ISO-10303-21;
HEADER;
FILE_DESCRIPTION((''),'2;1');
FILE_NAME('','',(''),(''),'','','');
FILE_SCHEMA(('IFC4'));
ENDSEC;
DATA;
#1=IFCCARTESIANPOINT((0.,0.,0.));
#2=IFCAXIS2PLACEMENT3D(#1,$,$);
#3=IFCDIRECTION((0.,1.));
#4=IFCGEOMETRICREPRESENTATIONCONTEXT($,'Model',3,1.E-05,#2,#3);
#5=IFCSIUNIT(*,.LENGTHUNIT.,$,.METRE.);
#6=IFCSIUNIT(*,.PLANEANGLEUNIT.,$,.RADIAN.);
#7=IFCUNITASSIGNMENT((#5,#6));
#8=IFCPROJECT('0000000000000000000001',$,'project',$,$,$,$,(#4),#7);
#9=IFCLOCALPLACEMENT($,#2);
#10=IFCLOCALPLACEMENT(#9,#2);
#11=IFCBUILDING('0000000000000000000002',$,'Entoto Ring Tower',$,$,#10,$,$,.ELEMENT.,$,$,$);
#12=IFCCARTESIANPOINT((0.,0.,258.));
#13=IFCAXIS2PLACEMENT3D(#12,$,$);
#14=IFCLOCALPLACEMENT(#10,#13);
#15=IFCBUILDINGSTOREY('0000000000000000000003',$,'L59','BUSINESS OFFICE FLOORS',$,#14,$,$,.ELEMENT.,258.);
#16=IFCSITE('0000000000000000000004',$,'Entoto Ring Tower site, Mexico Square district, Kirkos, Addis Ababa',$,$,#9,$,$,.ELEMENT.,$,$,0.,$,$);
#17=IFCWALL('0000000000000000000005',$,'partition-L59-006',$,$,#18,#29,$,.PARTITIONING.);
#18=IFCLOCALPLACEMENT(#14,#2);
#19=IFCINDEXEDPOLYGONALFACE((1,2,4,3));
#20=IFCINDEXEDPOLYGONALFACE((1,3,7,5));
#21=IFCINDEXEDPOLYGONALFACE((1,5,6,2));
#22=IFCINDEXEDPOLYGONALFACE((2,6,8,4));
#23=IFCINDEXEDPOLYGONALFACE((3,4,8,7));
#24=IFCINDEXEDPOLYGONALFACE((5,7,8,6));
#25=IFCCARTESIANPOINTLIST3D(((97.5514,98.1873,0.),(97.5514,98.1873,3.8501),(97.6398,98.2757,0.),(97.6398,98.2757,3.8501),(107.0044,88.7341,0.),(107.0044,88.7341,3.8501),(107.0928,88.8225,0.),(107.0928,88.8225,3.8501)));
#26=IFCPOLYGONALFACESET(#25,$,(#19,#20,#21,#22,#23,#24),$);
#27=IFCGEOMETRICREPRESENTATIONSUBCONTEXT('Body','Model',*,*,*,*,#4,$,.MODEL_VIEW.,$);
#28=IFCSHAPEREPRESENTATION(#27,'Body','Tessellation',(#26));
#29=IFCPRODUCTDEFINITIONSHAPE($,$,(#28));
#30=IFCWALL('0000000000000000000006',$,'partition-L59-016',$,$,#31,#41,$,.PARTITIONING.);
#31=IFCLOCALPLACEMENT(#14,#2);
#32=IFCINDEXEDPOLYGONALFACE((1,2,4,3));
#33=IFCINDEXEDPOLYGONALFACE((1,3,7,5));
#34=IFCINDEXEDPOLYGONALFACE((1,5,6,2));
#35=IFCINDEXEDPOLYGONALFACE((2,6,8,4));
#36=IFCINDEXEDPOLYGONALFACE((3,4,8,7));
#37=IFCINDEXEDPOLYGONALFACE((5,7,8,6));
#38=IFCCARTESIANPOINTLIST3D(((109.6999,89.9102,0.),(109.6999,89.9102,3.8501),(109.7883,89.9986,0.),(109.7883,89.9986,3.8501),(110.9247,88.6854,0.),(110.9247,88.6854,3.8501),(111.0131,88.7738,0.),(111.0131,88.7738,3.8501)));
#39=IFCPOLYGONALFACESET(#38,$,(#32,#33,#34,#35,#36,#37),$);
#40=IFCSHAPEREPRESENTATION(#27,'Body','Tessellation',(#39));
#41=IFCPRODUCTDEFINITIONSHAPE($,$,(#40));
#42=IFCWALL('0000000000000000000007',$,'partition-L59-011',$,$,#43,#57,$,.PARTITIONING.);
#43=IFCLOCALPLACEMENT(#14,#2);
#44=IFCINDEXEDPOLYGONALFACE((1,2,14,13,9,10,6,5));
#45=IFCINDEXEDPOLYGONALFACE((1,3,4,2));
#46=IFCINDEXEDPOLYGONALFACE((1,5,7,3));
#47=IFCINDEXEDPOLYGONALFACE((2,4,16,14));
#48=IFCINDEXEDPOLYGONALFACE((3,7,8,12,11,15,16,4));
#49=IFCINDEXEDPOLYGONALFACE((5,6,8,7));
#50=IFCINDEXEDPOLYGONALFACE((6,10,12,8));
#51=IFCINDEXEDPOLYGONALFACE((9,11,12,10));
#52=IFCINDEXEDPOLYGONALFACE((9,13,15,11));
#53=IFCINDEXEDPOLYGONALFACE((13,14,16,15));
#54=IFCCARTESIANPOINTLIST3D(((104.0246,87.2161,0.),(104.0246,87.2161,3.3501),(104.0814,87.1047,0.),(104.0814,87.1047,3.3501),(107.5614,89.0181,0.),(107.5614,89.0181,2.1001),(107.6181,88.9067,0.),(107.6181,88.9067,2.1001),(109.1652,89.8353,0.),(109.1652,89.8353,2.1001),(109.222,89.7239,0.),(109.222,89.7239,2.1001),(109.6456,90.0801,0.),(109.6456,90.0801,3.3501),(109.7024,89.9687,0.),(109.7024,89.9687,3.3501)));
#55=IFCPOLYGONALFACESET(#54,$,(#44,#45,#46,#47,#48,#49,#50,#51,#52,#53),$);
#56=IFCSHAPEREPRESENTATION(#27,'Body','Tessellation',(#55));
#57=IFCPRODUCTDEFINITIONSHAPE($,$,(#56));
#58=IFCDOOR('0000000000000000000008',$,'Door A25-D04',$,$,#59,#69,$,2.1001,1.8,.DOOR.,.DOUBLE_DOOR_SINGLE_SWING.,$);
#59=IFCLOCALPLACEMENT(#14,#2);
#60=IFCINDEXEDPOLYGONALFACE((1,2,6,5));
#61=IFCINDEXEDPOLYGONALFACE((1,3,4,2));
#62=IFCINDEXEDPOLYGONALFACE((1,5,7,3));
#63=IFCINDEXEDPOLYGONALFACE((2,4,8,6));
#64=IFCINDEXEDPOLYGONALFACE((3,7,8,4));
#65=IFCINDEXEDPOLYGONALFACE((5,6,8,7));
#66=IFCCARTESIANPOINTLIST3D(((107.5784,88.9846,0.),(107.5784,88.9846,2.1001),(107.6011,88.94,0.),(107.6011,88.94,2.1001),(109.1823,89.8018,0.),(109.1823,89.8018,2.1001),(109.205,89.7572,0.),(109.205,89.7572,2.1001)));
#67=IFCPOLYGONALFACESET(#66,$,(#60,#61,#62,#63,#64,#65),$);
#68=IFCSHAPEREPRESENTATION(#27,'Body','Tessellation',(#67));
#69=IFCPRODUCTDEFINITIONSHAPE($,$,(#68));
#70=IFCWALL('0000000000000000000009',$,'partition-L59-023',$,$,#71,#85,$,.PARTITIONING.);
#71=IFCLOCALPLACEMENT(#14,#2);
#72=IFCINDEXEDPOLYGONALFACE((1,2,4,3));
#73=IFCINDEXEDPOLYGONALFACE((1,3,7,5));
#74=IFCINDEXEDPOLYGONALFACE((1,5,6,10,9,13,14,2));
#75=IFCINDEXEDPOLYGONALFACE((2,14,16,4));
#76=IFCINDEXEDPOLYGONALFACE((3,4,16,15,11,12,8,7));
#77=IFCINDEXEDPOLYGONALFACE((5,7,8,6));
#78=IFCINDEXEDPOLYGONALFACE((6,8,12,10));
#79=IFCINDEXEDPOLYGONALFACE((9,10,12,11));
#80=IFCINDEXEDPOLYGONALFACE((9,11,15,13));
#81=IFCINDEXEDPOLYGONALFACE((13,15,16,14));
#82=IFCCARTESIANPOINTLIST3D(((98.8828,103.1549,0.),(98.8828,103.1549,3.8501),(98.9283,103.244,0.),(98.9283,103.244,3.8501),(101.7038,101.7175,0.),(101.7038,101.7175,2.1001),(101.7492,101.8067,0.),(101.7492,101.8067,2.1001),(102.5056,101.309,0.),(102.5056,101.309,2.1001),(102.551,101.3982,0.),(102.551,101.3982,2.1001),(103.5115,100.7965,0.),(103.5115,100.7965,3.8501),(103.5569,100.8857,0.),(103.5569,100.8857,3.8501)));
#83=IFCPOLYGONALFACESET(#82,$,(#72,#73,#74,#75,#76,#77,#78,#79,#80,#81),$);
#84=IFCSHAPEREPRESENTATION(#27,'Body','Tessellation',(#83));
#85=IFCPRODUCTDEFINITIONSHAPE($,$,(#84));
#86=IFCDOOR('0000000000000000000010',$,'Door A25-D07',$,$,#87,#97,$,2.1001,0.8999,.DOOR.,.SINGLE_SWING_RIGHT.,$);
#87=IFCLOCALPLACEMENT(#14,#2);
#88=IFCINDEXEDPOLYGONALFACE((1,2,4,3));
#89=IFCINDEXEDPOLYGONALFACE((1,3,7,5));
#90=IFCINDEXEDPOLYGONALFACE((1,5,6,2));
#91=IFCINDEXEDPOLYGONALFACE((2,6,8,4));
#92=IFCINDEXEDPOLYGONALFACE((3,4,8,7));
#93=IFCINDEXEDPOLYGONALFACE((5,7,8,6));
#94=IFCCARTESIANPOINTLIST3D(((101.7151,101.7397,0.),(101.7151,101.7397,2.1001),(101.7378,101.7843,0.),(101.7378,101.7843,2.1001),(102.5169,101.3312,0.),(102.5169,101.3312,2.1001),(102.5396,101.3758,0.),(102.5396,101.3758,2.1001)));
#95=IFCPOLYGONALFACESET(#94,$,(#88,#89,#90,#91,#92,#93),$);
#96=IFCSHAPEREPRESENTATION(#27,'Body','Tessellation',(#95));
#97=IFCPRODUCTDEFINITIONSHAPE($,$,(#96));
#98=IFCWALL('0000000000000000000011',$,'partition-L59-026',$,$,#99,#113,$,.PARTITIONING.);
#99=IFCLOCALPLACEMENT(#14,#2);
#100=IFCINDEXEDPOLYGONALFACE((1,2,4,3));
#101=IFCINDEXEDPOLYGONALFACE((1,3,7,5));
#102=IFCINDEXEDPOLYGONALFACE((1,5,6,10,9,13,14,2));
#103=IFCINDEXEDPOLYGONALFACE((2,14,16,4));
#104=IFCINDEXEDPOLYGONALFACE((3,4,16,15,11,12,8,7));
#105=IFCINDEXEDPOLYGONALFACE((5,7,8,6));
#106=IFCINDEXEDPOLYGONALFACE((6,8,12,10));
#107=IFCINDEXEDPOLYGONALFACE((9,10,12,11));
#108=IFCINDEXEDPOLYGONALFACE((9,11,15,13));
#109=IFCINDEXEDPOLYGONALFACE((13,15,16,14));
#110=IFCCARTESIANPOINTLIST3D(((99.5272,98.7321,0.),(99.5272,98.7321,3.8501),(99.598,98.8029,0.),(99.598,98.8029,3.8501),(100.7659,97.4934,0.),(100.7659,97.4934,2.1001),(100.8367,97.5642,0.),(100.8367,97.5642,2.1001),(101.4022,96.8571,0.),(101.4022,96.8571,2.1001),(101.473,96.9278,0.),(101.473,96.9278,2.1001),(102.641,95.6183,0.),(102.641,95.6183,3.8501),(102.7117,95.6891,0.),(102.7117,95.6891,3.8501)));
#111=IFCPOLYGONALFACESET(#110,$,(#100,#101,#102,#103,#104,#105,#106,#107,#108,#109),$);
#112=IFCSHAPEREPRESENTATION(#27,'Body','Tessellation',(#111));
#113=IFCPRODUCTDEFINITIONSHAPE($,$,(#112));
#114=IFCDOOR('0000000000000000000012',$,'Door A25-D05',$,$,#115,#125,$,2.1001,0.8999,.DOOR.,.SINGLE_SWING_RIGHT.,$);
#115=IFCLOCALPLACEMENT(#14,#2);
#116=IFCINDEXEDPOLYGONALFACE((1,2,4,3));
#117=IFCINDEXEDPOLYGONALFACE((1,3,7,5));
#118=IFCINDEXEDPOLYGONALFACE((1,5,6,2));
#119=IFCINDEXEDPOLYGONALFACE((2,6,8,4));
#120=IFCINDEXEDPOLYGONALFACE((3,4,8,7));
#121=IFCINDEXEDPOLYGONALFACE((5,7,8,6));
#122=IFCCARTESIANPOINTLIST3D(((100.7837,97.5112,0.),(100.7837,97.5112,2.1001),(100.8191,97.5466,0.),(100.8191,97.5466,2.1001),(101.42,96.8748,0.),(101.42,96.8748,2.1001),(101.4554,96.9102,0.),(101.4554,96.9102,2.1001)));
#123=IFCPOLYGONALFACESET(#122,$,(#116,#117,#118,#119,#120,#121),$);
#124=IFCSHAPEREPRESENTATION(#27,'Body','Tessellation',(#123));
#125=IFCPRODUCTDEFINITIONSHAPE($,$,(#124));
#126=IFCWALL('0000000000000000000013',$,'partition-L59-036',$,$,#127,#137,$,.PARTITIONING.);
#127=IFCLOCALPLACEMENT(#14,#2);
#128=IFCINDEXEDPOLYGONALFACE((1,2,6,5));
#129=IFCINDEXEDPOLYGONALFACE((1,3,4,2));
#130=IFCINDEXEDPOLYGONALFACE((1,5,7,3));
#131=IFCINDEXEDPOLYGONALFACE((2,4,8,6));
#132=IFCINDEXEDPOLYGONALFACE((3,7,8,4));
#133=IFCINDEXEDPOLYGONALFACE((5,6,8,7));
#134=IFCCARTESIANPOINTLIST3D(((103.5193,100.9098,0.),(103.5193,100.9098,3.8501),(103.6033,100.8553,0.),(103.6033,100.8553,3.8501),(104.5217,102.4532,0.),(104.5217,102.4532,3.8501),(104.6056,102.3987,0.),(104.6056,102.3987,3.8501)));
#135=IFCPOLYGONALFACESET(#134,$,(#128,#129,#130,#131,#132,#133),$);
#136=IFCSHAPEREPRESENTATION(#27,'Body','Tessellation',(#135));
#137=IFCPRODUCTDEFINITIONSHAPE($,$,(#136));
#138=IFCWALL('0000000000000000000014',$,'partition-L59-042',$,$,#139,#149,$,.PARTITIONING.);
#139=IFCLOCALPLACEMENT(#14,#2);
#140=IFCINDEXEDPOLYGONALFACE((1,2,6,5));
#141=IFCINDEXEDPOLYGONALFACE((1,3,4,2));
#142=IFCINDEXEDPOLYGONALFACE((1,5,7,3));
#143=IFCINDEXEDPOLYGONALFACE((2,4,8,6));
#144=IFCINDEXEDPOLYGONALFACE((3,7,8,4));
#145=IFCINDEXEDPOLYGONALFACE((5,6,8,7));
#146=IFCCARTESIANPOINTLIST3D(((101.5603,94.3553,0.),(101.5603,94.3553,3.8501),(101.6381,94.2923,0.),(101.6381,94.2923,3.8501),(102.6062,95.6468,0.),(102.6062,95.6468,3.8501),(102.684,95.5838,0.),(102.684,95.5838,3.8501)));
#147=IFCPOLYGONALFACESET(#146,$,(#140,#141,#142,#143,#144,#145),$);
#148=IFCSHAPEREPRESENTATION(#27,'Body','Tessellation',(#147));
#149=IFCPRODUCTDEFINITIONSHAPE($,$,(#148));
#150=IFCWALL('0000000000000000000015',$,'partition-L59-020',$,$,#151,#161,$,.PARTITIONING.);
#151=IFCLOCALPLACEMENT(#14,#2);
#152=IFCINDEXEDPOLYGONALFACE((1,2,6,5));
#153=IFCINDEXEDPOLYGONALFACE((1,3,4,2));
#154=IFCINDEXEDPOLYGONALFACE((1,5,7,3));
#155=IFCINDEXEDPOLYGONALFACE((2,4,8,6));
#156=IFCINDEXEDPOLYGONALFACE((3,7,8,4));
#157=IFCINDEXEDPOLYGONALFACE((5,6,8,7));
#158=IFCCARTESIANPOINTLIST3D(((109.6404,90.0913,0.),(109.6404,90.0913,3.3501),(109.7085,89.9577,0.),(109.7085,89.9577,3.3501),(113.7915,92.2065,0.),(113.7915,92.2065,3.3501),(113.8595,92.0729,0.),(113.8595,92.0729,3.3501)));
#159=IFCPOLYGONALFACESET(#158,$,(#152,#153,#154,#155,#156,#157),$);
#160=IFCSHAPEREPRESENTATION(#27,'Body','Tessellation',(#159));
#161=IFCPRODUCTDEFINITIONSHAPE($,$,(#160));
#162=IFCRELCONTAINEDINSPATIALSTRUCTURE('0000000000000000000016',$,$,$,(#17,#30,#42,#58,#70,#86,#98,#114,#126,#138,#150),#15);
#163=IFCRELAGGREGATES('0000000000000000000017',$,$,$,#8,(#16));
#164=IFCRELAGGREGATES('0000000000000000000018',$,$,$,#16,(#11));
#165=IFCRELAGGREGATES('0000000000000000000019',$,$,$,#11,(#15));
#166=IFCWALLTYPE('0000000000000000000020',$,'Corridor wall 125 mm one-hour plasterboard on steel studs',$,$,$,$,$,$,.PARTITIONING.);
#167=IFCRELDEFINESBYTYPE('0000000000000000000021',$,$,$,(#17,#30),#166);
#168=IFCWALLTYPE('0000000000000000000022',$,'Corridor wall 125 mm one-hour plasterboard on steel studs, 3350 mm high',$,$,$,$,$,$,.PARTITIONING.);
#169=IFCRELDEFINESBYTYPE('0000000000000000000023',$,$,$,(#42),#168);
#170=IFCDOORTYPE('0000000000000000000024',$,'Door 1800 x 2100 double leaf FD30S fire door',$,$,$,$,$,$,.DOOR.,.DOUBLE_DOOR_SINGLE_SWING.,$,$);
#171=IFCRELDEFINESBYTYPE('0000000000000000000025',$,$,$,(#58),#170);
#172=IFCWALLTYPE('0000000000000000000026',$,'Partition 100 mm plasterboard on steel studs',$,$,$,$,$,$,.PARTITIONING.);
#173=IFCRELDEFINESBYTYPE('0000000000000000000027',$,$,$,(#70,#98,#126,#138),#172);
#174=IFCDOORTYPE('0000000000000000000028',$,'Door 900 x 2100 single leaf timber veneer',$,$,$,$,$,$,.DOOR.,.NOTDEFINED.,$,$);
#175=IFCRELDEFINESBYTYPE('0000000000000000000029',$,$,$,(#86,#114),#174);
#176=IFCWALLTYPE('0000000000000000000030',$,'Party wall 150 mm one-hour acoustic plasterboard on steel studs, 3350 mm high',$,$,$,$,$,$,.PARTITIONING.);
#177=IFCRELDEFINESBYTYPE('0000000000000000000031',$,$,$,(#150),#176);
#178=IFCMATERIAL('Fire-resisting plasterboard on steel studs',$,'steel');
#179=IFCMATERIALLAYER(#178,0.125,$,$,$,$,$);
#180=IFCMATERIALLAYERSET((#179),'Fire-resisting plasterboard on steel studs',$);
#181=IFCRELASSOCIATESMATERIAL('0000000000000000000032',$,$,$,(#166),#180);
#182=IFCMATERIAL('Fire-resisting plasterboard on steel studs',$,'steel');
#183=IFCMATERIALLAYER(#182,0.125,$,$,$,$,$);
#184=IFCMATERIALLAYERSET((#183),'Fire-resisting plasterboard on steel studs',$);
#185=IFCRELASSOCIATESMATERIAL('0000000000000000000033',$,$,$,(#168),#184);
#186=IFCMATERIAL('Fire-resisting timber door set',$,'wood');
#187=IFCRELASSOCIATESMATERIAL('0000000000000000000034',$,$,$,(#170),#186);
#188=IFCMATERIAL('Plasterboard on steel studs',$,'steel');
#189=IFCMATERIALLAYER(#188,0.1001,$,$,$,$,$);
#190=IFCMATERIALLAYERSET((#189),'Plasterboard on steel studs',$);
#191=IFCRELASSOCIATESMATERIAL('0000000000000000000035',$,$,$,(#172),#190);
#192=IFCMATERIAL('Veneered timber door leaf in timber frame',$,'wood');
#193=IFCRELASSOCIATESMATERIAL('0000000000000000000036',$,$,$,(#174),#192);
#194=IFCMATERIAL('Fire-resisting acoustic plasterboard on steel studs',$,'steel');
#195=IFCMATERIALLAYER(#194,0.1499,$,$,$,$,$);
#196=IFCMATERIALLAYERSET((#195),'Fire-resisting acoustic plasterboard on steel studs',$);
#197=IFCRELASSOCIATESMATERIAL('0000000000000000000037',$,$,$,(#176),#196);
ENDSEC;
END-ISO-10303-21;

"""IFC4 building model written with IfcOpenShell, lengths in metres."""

from ifc_helpers import new_model, si_unit, direction, frame, frame_2d, origin, place, context, subcontext, project, spatial, rectangle, extrude, material, layer, layer_set, type_object, element, fill, save


model = new_model("IFC4")

# Units and contexts
model_context = context("Model", 3, precision=1e-05, world=origin(), true_north=direction((0.0, 1.0)))
body_context = subcontext(model_context, "Body", "Model", "MODEL_VIEW")
ifc_project = project(units=[si_unit("LENGTHUNIT", "METRE"), si_unit("PLANEANGLEUNIT", "RADIAN")], contexts=[model_context])

# Site, building, storey
site_placement = place(None, origin())
site = spatial("IfcSite", under=ifc_project, at=site_placement, Name="Entoto Ring Tower site, Mexico Square district, Kirkos, Addis Ababa", CompositionType="ELEMENT", RefElevation=0.0)
building_placement = place(site_placement, origin())
building = spatial("IfcBuilding", under=site, at=building_placement, Name="Entoto Ring Tower", CompositionType="ELEMENT")
storey_placement = place(building_placement, frame((0.0, 0.0, 258.0)))
storey = spatial("IfcBuildingStorey", under=building, at=storey_placement, Name="L59", Description="BUSINESS OFFICE FLOORS", CompositionType="ELEMENT", Elevation=258.0)

# Walls
ifc_material_1 = material(Name="Fire-resisting plasterboard on steel studs", Category="steel")
ifc_layer_1 = layer(ifc_material_1, 0.125)
ifc_layer_set_1 = layer_set([ifc_layer_1], Name="Fire-resisting plasterboard on steel studs")
wall_type_1 = type_object("IfcWallType", Name="Corridor wall 125 mm one-hour plasterboard on steel studs", PredefinedType="PARTITIONING", material=ifc_layer_set_1)
wall_1_placement = place(storey_placement, frame((107.0486, 88.7783, 0.0), z_axis=(0.0, 0.0, 1.0), x_axis=(-0.707098, 0.707116, 0.0)))
element("IfcWall", 1, at=wall_1_placement, inside=storey, type_object=wall_type_1, Name="partition-L59-006", PredefinedType="PARTITIONING", context=body_context, shape_type="SweptSolid", body=[
    extrude(rectangle(XDim=13.3687, YDim=0.125, at=frame_2d((6.6843, 0.0))), origin(), (0.0, 0.0, 1.0), 3.8501),
])
wall_2_placement = place(storey_placement, frame((110.969, 88.7295, 0.0), z_axis=(0.0, 0.0, 1.0), x_axis=(-0.707107, 0.707107, 0.0)))
element("IfcWall", 2, at=wall_2_placement, inside=storey, type_object=wall_type_1, Name="partition-L59-016", PredefinedType="PARTITIONING", context=body_context, shape_type="SweptSolid", body=[
    extrude(rectangle(XDim=1.7322, YDim=0.125, at=frame_2d((0.8662, 0.0))), origin(), (0.0, 0.0, 1.0), 3.8501),
])

# Walls, openings, doors
ifc_material_2 = material(Name="Fire-resisting plasterboard on steel studs", Category="steel")
ifc_layer_2 = layer(ifc_material_2, 0.125)
ifc_layer_set_2 = layer_set([ifc_layer_2], Name="Fire-resisting plasterboard on steel studs")
wall_type_2 = type_object("IfcWallType", Name="Corridor wall 125 mm one-hour plasterboard on steel studs, 3350 mm high", PredefinedType="PARTITIONING", material=ifc_layer_set_2)
wall_3_placement = place(storey_placement, frame((104.053, 87.1604, 0.0), z_axis=(0.0, 0.0, 1.0), x_axis=(0.891011, 0.453981, 0.0)))
wall_3 = element("IfcWall", 3, at=wall_3_placement, inside=storey, type_object=wall_type_2, Name="partition-L59-011", PredefinedType="PARTITIONING", context=body_context, shape_type="SweptSolid", body=[
    extrude(rectangle(XDim=6.3086, YDim=0.125, at=frame_2d((3.1543, 0.0))), origin(), (0.0, 0.0, 1.0), 3.3501),
])
opening_1_placement = place(wall_3_placement, frame((3.9695, 0.0, 0.0)))
opening_1 = element("IfcOpeningElement", 4, at=opening_1_placement, cuts=wall_3, PredefinedType="OPENING", context=body_context, shape_type="SweptSolid", body=[
    extrude(rectangle(XDim=1.8, YDim=2.1001, at=frame_2d((0.8999, 1.05))), frame((0.0, 0.0725, 0.0), z_axis=(0.0, -1.0, 0.0), x_axis=(1.0, 0.0, 0.0)), (0.0, 0.0, 1.0), 0.145),
])
ifc_material_3 = material(Name="Fire-resisting timber door set", Category="wood")
door_type_1 = type_object("IfcDoorType", Name="Door 1800 x 2100 double leaf FD30S fire door", OperationType="DOUBLE_DOOR_SINGLE_SWING", PredefinedType="DOOR", material=ifc_material_3)
door_1_placement = place(opening_1_placement, origin())
door_1 = element("IfcDoor", 5, at=door_1_placement, inside=storey, type_object=door_type_1, Name="Door A25-D04", OperationType="DOUBLE_DOOR_SINGLE_SWING", OverallHeight=2.1001, OverallWidth=1.8, PredefinedType="DOOR", context=body_context, shape_type="SweptSolid", body=[
    extrude(rectangle(XDim=1.8, YDim=2.1001, at=frame_2d((0.8999, 1.05))), frame((0.0, 0.0249, 0.0), z_axis=(0.0, -1.0, 0.0), x_axis=(1.0, 0.0, 0.0)), (0.0, 0.0, 1.0), 0.05),
])
fill(opening_1, door_1)
ifc_material_4 = material(Name="Plasterboard on steel studs", Category="steel")
ifc_layer_3 = layer(ifc_material_4, 0.1001)
ifc_layer_set_3 = layer_set([ifc_layer_3], Name="Plasterboard on steel studs")
wall_type_3 = type_object("IfcWallType", Name="Partition 100 mm plasterboard on steel studs", PredefinedType="PARTITIONING", material=ifc_layer_set_3)
wall_4_placement = place(storey_placement, frame((103.5342, 100.8411, 0.0), z_axis=(0.0, 0.0, 1.0), x_axis=(-0.891008, 0.453987, 0.0)))
wall_4 = element("IfcWall", 6, at=wall_4_placement, inside=storey, type_object=wall_type_3, Name="partition-L59-023", PredefinedType="PARTITIONING", context=body_context, shape_type="SweptSolid", body=[
    extrude(rectangle(XDim=5.1948, YDim=0.1001, at=frame_2d((2.5974, 0.0))), origin(), (0.0, 0.0, 1.0), 3.8501),
])
opening_2_placement = place(wall_4_placement, frame((1.1289, 0.0, 0.0)))
opening_2 = element("IfcOpeningElement", 7, at=opening_2_placement, cuts=wall_4, PredefinedType="OPENING", context=body_context, shape_type="SweptSolid", body=[
    extrude(rectangle(XDim=0.8999, YDim=2.1001, at=frame_2d((0.45, 1.05))), frame((0.0, 0.0601, 0.0), z_axis=(0.0, -1.0, 0.0), x_axis=(1.0, 0.0, 0.0)), (0.0, 0.0, 1.0), 0.1201),
])
ifc_material_5 = material(Name="Veneered timber door leaf in timber frame", Category="wood")
door_type_2 = type_object("IfcDoorType", Name="Door 900 x 2100 single leaf timber veneer", OperationType="NOTDEFINED", PredefinedType="DOOR", material=ifc_material_5)
door_2_placement = place(opening_2_placement, frame((0.8999, 0.0, 0.0), z_axis=(0.0, 0.0, 1.0), x_axis=(-1.0, 0.0, 0.0)))
door_2 = element("IfcDoor", 8, at=door_2_placement, inside=storey, type_object=door_type_2, Name="Door A25-D07", OperationType="SINGLE_SWING_RIGHT", OverallHeight=2.1001, OverallWidth=0.8999, PredefinedType="DOOR", context=body_context, shape_type="SweptSolid", body=[
    extrude(rectangle(XDim=0.8999, YDim=2.1001, at=frame_2d((0.45, 1.05))), frame((0.0, 0.0249, 0.0), z_axis=(0.0, -1.0, 0.0), x_axis=(1.0, 0.0, 0.0)), (0.0, 0.0, 1.0), 0.05),
])
fill(opening_2, door_2)
wall_5_placement = place(storey_placement, frame((102.6763, 95.6538, 0.0), z_axis=(0.0, 0.0, 1.0), x_axis=(-0.707107, 0.707107, 0.0)))
wall_5 = element("IfcWall", 9, at=wall_5_placement, inside=storey, type_object=wall_type_3, Name="partition-L59-026", PredefinedType="PARTITIONING", context=body_context, shape_type="SweptSolid", body=[
    extrude(rectangle(XDim=4.4036, YDim=0.1001, at=frame_2d((2.2017, 0.0))), origin(), (0.0, 0.0, 1.0), 3.8501),
])
opening_3_placement = place(wall_5_placement, frame((1.7517, 0.0, 0.0)))
opening_3 = element("IfcOpeningElement", 10, at=opening_3_placement, cuts=wall_5, PredefinedType="OPENING", context=body_context, shape_type="SweptSolid", body=[
    extrude(rectangle(XDim=0.8999, YDim=2.1001, at=frame_2d((0.45, 1.05))), frame((0.0, 0.0601, 0.0), z_axis=(0.0, -1.0, 0.0), x_axis=(1.0, 0.0, 0.0)), (0.0, 0.0, 1.0), 0.1201),
])
door_3_placement = place(opening_3_placement, origin())
door_3 = element("IfcDoor", 11, at=door_3_placement, inside=storey, type_object=door_type_2, Name="Door A25-D05", OperationType="SINGLE_SWING_RIGHT", OverallHeight=2.1001, OverallWidth=0.8999, PredefinedType="DOOR", context=body_context, shape_type="SweptSolid", body=[
    extrude(rectangle(XDim=0.8999, YDim=2.1001, at=frame_2d((0.45, 1.05))), frame((0.0, 0.0249, 0.0), z_axis=(0.0, -1.0, 0.0), x_axis=(1.0, 0.0, 0.0)), (0.0, 0.0, 1.0), 0.05),
])
fill(opening_3, door_3)

# Walls
wall_6_placement = place(storey_placement, frame((103.5613, 100.8826, 0.0), z_axis=(0.0, 0.0, 1.0), x_axis=(0.544681, 0.838644, 0.0)))
element("IfcWall", 12, at=wall_6_placement, inside=storey, type_object=wall_type_3, Name="partition-L59-036", PredefinedType="PARTITIONING", context=body_context, shape_type="SweptSolid", body=[
    extrude(rectangle(XDim=1.8403, YDim=0.1001, at=frame_2d((0.9202, 0.0))), origin(), (0.0, 0.0, 1.0), 3.8501),
])
wall_7_placement = place(storey_placement, frame((101.5991, 94.3237, 0.0), z_axis=(0.0, 0.0, 1.0), x_axis=(0.629342, 0.777129, 0.0)))
element("IfcWall", 13, at=wall_7_placement, inside=storey, type_object=wall_type_3, Name="partition-L59-042", PredefinedType="PARTITIONING", context=body_context, shape_type="SweptSolid", body=[
    extrude(rectangle(XDim=1.6619, YDim=0.1001, at=frame_2d((0.8311, 0.0))), origin(), (0.0, 0.0, 1.0), 3.8501),
])
ifc_material_6 = material(Name="Fire-resisting acoustic plasterboard on steel studs", Category="steel")
ifc_layer_4 = layer(ifc_material_6, 0.1499)
ifc_layer_set_4 = layer_set([ifc_layer_4], Name="Fire-resisting acoustic plasterboard on steel studs")
wall_type_4 = type_object("IfcWallType", Name="Party wall 150 mm one-hour acoustic plasterboard on steel studs, 3350 mm high", PredefinedType="PARTITIONING", material=ifc_layer_set_4)
wall_8_placement = place(storey_placement, frame((109.6743, 90.0244, 0.0), z_axis=(0.0, 0.0, 1.0), x_axis=(0.890995, 0.454013, 0.0)))
element("IfcWall", 14, at=wall_8_placement, inside=storey, type_object=wall_type_4, Name="partition-L59-020", PredefinedType="PARTITIONING", context=body_context, shape_type="SweptSolid", body=[
    extrude(rectangle(XDim=4.6589, YDim=0.1499, at=frame_2d((2.3296, 0.0))), origin(), (0.0, 0.0, 1.0), 3.3501),
])

save(model, "model.ifc")
